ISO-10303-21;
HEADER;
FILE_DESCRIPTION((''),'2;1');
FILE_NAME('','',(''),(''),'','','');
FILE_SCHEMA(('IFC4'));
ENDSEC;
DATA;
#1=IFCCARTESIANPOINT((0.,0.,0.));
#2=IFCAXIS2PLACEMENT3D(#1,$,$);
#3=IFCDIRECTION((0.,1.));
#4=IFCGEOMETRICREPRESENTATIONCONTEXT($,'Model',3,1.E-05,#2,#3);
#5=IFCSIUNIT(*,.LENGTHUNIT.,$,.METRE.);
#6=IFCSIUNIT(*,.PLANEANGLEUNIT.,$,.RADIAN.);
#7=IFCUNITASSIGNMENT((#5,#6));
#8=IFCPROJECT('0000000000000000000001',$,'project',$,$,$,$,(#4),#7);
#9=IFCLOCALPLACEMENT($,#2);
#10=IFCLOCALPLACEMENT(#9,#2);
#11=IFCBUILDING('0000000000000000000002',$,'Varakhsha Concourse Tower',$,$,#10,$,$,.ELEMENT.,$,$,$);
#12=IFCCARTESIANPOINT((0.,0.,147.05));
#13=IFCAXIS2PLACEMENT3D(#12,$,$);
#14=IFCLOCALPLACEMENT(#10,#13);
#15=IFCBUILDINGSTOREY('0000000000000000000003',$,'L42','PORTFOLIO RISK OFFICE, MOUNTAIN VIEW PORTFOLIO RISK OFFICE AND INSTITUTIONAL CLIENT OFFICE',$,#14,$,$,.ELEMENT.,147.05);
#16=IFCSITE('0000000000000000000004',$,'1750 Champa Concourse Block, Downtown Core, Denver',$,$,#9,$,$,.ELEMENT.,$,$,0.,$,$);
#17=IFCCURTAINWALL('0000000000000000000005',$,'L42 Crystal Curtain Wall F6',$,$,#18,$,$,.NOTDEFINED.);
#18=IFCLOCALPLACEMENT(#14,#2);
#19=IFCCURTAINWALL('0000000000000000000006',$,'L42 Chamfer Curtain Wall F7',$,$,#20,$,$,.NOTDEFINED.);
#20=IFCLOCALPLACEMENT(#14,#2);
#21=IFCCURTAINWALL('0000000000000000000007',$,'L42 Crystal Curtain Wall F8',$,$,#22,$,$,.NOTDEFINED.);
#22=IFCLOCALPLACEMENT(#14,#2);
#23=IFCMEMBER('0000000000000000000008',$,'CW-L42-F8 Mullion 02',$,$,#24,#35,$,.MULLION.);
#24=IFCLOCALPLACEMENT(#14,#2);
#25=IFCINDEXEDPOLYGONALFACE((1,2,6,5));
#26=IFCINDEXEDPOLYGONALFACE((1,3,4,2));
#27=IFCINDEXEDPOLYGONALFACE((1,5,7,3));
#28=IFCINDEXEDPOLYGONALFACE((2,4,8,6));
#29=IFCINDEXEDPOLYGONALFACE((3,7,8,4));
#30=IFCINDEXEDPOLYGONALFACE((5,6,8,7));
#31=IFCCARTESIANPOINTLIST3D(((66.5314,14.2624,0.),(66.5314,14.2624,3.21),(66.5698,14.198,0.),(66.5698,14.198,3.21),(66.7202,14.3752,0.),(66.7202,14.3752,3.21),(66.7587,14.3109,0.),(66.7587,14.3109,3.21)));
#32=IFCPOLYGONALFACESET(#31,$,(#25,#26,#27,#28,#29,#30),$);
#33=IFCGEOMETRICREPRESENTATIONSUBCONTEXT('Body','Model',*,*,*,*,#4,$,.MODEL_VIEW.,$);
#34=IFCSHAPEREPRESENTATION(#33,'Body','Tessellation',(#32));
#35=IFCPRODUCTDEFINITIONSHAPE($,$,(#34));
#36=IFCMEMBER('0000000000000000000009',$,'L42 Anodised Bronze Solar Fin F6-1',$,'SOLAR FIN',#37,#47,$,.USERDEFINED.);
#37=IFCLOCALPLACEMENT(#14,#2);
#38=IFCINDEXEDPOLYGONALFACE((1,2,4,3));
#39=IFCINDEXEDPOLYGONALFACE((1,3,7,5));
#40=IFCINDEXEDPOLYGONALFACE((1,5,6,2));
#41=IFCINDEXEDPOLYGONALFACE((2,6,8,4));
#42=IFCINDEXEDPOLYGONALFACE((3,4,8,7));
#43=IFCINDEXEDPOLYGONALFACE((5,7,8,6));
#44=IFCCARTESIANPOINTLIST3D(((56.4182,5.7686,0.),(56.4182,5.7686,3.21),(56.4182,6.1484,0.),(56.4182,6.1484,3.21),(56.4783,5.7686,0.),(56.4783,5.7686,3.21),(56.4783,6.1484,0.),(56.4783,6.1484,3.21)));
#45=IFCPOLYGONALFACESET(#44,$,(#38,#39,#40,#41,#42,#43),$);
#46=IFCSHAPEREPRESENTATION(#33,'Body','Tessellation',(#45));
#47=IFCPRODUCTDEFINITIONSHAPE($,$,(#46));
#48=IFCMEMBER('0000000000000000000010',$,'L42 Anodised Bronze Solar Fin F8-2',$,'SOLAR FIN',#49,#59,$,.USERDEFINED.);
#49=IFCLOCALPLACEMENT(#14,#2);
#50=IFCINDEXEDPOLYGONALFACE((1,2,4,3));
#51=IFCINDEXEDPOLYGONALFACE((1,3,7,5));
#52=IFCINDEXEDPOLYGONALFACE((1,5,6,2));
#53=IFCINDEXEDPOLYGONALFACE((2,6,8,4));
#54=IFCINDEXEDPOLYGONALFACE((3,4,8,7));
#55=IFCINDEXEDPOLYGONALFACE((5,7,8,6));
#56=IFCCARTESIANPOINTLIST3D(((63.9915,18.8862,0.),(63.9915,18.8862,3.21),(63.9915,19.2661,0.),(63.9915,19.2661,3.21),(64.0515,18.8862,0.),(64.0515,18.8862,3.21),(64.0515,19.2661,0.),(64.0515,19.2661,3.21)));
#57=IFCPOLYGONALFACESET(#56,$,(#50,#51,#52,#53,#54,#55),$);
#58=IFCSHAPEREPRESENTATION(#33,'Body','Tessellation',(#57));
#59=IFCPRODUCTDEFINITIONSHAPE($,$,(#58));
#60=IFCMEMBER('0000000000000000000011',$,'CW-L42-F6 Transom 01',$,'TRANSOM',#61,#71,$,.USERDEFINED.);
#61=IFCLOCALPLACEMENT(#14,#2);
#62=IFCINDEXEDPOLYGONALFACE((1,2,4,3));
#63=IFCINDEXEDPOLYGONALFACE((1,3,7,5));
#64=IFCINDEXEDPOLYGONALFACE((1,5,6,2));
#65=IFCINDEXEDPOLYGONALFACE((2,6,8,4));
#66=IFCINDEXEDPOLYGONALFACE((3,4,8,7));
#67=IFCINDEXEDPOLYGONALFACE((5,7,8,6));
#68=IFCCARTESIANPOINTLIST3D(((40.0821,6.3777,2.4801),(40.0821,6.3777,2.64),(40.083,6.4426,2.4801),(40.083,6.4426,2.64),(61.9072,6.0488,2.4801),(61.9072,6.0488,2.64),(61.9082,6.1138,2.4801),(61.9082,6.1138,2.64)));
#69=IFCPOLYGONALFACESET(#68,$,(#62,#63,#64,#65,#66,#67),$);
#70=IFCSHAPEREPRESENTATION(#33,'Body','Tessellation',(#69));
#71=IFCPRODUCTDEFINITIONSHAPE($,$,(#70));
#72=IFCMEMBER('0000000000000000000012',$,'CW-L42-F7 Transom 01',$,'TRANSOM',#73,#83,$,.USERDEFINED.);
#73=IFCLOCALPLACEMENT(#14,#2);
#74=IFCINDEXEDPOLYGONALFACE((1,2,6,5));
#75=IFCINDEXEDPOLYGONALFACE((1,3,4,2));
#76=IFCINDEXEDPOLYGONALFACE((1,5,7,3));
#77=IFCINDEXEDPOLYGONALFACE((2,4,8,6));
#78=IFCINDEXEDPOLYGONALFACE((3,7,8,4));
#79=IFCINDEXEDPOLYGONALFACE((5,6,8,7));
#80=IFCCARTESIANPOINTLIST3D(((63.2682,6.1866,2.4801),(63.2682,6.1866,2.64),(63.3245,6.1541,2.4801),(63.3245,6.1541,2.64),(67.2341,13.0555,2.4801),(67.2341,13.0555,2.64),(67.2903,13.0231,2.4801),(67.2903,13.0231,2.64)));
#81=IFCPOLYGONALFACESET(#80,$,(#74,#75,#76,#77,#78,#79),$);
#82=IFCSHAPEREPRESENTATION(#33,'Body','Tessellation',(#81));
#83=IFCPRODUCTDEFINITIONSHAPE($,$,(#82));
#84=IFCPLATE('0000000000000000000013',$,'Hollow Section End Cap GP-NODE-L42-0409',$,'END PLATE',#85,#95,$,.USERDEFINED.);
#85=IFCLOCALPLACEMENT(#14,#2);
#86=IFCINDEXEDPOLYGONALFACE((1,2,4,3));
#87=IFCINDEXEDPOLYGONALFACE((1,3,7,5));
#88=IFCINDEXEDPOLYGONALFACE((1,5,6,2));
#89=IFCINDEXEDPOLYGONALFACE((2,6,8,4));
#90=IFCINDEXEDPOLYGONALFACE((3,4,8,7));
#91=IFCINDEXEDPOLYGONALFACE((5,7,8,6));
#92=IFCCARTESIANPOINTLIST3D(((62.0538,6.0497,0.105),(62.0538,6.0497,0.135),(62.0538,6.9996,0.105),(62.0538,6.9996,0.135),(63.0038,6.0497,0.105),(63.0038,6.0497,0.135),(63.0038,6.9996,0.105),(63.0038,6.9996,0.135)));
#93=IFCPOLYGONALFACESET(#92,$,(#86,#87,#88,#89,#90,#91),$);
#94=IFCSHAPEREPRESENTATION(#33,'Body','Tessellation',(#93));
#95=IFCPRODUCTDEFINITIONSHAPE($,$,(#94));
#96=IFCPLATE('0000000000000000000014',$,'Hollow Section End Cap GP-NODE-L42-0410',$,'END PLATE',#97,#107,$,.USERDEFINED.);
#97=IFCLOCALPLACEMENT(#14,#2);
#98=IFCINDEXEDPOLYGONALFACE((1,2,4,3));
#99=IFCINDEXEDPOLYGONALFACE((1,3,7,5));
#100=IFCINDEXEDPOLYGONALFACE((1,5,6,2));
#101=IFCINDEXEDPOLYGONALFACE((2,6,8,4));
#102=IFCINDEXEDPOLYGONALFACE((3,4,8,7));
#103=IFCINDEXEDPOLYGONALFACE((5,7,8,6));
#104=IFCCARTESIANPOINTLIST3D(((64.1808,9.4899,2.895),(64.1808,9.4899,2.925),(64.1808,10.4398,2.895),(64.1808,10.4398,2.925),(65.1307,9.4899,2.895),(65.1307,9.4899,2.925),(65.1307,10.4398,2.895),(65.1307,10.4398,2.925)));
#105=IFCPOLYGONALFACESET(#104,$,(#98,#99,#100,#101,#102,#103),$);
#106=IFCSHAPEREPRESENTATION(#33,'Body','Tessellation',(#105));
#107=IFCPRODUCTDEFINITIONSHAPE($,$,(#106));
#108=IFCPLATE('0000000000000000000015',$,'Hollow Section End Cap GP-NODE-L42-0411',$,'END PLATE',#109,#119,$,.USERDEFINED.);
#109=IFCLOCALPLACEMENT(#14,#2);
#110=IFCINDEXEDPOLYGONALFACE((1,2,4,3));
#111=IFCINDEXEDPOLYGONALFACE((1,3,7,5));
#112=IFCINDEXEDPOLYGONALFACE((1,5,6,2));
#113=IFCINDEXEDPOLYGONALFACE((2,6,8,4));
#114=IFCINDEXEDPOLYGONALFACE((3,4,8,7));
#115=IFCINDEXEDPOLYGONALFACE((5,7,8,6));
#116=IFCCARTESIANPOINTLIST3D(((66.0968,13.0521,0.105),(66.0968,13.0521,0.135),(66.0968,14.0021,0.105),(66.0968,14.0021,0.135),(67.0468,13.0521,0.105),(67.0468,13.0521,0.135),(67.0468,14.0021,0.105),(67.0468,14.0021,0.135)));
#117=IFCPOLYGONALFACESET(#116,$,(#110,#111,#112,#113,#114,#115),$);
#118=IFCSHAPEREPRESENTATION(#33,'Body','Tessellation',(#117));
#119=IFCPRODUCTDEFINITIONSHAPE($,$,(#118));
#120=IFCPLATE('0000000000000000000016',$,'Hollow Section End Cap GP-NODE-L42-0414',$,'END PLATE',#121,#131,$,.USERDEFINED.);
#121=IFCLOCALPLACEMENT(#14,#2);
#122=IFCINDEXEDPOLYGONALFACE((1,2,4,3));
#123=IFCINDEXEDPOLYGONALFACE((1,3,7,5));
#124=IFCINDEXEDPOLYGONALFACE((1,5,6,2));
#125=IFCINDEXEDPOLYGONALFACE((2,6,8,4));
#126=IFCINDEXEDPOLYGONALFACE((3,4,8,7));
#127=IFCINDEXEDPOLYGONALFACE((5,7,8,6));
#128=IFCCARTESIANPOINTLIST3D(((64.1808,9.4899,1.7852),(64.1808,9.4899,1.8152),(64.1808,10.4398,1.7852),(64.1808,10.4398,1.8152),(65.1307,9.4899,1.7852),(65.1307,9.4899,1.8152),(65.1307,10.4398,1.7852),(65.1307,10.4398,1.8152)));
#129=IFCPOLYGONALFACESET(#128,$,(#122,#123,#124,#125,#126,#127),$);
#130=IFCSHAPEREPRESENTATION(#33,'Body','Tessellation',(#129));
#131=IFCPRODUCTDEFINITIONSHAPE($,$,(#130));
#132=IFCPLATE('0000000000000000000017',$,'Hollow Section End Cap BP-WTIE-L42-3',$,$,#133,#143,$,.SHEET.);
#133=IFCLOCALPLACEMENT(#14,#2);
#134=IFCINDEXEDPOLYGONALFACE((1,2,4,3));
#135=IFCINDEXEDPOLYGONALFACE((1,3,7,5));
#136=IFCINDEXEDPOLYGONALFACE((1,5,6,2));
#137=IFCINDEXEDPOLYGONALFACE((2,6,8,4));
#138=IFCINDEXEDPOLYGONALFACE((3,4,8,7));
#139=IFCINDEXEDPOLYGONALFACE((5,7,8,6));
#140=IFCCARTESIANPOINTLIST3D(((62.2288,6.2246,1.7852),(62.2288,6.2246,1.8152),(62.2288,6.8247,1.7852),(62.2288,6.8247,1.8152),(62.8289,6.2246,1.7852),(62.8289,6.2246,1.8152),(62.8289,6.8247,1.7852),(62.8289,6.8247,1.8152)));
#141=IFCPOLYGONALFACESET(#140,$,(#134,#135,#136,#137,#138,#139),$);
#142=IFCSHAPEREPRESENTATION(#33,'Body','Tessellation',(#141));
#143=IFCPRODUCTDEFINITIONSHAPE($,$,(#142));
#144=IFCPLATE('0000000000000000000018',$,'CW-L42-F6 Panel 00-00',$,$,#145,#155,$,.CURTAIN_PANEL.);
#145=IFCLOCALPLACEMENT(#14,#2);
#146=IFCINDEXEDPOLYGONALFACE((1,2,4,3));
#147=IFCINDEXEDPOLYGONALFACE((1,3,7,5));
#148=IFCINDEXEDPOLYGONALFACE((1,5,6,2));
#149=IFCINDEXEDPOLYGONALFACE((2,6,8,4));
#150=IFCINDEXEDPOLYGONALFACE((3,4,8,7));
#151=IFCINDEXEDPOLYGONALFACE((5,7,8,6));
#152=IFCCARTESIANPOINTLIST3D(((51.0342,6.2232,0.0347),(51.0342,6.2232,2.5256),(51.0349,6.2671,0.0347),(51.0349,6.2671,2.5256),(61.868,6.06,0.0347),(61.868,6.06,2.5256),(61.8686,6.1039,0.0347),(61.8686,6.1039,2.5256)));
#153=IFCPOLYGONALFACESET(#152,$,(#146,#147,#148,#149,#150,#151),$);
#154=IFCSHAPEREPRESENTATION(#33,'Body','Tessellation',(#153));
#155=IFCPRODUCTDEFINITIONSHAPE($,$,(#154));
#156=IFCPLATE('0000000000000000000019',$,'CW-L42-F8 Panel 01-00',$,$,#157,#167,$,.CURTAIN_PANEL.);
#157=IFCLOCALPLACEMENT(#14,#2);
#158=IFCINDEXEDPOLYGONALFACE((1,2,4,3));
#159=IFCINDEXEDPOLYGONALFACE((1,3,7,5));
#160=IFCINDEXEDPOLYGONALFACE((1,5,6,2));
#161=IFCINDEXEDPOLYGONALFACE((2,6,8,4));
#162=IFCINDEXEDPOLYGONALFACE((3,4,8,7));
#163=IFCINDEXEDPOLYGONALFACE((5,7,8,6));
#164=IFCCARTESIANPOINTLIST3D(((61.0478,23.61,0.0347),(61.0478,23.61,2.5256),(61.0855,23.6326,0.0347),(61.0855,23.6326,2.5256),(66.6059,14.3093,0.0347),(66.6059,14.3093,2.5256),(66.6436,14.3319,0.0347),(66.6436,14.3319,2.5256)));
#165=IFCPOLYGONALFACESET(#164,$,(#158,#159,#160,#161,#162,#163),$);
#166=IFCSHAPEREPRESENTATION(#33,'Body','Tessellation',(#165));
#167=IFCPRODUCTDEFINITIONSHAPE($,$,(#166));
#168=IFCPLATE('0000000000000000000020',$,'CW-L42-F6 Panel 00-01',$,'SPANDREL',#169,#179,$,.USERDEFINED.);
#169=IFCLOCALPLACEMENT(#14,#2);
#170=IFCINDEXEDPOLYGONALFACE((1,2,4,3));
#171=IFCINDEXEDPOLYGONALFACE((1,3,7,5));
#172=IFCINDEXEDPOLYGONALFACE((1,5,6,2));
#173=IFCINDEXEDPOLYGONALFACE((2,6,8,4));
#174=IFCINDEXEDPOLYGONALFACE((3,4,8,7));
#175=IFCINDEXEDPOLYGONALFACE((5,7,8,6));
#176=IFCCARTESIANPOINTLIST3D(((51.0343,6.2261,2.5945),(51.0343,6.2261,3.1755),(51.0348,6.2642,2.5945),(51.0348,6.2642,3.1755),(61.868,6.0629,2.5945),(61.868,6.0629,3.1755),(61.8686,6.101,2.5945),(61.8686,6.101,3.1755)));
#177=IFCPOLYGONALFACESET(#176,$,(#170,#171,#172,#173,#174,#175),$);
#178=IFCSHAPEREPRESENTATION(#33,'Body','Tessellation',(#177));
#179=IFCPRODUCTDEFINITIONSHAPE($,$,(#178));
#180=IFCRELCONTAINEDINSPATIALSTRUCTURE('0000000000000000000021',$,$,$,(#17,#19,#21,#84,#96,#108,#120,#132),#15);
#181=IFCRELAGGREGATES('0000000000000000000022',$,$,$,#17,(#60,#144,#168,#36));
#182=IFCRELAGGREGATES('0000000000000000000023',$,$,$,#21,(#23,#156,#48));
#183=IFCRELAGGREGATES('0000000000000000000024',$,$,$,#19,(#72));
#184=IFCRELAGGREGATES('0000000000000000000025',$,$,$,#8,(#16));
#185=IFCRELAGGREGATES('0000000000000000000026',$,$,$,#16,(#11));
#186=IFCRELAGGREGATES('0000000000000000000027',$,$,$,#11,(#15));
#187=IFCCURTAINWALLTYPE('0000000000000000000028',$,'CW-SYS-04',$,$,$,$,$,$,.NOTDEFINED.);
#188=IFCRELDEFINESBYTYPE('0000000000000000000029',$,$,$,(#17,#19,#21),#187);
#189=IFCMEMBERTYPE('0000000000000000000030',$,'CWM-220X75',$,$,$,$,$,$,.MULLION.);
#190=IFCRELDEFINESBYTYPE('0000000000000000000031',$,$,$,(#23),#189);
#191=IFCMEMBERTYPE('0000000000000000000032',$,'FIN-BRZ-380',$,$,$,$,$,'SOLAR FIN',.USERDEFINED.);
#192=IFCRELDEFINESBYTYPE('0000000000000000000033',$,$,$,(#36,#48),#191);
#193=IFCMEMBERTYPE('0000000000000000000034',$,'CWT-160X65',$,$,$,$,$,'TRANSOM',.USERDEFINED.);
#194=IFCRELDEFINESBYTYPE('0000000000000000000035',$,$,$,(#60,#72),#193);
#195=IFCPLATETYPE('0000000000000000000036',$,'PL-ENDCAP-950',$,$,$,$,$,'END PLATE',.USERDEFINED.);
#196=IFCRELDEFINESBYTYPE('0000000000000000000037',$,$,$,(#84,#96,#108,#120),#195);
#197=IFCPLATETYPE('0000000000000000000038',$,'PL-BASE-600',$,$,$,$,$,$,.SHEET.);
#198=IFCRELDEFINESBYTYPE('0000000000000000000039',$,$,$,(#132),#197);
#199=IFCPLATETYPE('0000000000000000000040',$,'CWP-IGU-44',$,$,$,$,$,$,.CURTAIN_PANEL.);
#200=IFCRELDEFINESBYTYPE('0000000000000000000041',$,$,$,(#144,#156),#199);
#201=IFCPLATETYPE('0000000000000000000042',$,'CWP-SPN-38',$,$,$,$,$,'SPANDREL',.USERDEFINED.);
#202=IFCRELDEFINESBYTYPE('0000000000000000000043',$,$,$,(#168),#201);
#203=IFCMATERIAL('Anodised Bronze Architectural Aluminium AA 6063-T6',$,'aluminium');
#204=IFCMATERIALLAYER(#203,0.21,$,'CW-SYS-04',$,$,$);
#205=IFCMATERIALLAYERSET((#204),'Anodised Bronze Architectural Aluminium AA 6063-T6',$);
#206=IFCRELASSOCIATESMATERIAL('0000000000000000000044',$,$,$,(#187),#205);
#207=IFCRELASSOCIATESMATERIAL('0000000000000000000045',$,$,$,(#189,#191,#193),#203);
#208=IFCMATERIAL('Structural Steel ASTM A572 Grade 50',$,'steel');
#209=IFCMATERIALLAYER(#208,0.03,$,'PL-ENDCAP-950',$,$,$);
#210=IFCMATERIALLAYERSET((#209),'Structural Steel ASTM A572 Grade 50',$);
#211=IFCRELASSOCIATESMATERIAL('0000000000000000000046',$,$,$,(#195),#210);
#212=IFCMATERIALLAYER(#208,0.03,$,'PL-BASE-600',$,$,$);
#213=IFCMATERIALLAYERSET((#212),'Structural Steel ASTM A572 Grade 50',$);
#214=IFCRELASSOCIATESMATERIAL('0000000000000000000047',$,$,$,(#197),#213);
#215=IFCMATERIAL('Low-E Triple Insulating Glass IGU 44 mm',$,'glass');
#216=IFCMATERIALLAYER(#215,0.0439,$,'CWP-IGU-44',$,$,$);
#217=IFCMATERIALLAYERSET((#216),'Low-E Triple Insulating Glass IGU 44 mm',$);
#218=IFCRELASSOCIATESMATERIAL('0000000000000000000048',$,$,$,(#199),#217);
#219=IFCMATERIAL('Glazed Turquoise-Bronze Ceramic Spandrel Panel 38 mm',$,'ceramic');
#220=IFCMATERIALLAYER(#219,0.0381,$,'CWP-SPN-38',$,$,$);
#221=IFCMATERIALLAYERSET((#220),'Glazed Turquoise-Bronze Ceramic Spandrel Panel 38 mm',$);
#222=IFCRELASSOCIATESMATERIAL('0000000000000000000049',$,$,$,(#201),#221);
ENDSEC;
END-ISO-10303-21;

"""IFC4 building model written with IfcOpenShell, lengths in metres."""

from ifc_helpers import new_model, si_unit, direction, frame, origin, origin_2d, place, context, subcontext, project, spatial, rectangle, extrude, source, transform, mapped, material, layer, layer_set, material_profile, profile_set, type_object, type_shapes, element, aggregate, save


model = new_model("IFC4")

# Units and contexts
model_context = context("Model", 3, precision=1e-05, world=origin(), true_north=direction((0.0, 1.0)))
body_context = subcontext(model_context, "Body", "Model", "MODEL_VIEW")
ifc_project = project(units=[si_unit("LENGTHUNIT", "METRE"), si_unit("PLANEANGLEUNIT", "RADIAN")], contexts=[model_context])

# Site, building, storey
site_placement = place(None, origin())
site = spatial("IfcSite", under=ifc_project, at=site_placement, Name="1750 Champa Concourse Block, Downtown Core, Denver", CompositionType="ELEMENT", RefElevation=0.0)
building_placement = place(site_placement, origin())
building = spatial("IfcBuilding", under=site, at=building_placement, Name="Varakhsha Concourse Tower", CompositionType="ELEMENT")
storey_placement = place(building_placement, frame((0.0, 0.0, 147.05)))
storey = spatial("IfcBuildingStorey", under=building, at=storey_placement, Name="L42", Description="PORTFOLIO RISK OFFICE, MOUNTAIN VIEW PORTFOLIO RISK OFFICE AND INSTITUTIONAL CLIENT OFFICE", CompositionType="ELEMENT", Elevation=147.05)

# Shared definitions
ifc_material_1 = material(Name="Structural Steel ASTM A572 Grade 50", Category="steel")

# Curtain wall
ifc_material_2 = material(Name="Anodised Bronze Architectural Aluminium AA 6063-T6", Category="aluminium")
ifc_layer_1 = layer(ifc_material_2, 0.21, Name="CW-SYS-04")
ifc_layer_set_1 = layer_set([ifc_layer_1], Name="Anodised Bronze Architectural Aluminium AA 6063-T6")
curtain_wall_type = type_object("IfcCurtainWallType", Name="CW-SYS-04", PredefinedType="NOTDEFINED", material=ifc_layer_set_1)
curtain_wall_1_placement = place(storey_placement, origin())
curtain_wall_1 = element("IfcCurtainWall", 1, at=curtain_wall_1_placement, inside=storey, type_object=curtain_wall_type, Name="L42 Crystal Curtain Wall F6", PredefinedType="NOTDEFINED")
ifc_material_profile_1 = material_profile(ifc_material_2, rectangle(XDim=0.075, YDim=0.22, at=origin_2d()), Name="CWM-220X75")
ifc_profile_set_1 = profile_set([ifc_material_profile_1], Name="Anodised Bronze Architectural Aluminium AA 6063-T6")
member_type_1 = type_object("IfcMemberType", Name="CWM-220X75", PredefinedType="MULLION", material=ifc_profile_set_1)
shared_shape_1 = source(origin(), body_context, "Body", "SweptSolid", [
    extrude(rectangle(XDim=0.075, YDim=0.22, at=origin_2d()), origin(), (0.0, 0.0, 1.0), 3.21),
])
type_shapes(member_type_1, [shared_shape_1])

# Curtain wall
curtain_wall_2_placement = place(storey_placement, origin())
curtain_wall_2 = element("IfcCurtainWall", 2, at=curtain_wall_2_placement, inside=storey, type_object=curtain_wall_type, Name="L42 Chamfer Curtain Wall F7", PredefinedType="NOTDEFINED")

# Curtain wall, member
curtain_wall_3_placement = place(storey_placement, origin())
curtain_wall_3 = element("IfcCurtainWall", 3, at=curtain_wall_3_placement, inside=storey, type_object=curtain_wall_type, Name="L42 Crystal Curtain Wall F8", PredefinedType="NOTDEFINED")
member_1_placement = place(storey_placement, frame((66.645, 14.2866, 0.0), z_axis=(0.0, 0.0, 1.0), x_axis=(0.512984, -0.858398, 0.0)))
member_1 = element("IfcMember", 4, at=member_1_placement, type_object=member_type_1, Name="CW-L42-F8 Mullion 02", PredefinedType="MULLION", context=body_context, shape_type="MappedRepresentation", body=[
    mapped(shared_shape_1, transform((0.0, 0.0, 0.0), scale=1.0)),
])

# Members
ifc_material_profile_2 = material_profile(ifc_material_2, rectangle(XDim=0.0601, YDim=0.3799, at=origin_2d()), Name="FIN-BRZ-380")
ifc_profile_set_2 = profile_set([ifc_material_profile_2], Name="Anodised Bronze Architectural Aluminium AA 6063-T6")
member_type_2 = type_object("IfcMemberType", Name="FIN-BRZ-380", ElementType="SOLAR FIN", PredefinedType="USERDEFINED", material=ifc_profile_set_2)
shared_shape_2 = source(origin(), body_context, "Body", "SweptSolid", [
    extrude(rectangle(XDim=0.0601, YDim=0.3799, at=origin_2d()), origin(), (0.0, 0.0, 1.0), 3.21),
])
type_shapes(member_type_2, [shared_shape_2])
member_2_placement = place(storey_placement, frame((56.4482, 5.9585, 0.0), z_axis=(0.0, 0.0, 1.0), x_axis=(1.0, 0.0, 0.0)))
member_2 = element("IfcMember", 5, at=member_2_placement, type_object=member_type_2, Name="L42 Anodised Bronze Solar Fin F6-1", ObjectType="SOLAR FIN", PredefinedType="USERDEFINED", context=body_context, shape_type="MappedRepresentation", body=[
    mapped(shared_shape_2, transform((0.0, 0.0, 0.0), scale=1.0)),
])
member_3_placement = place(storey_placement, frame((64.0215, 19.0762, 0.0), z_axis=(0.0, 0.0, 1.0), x_axis=(1.0, 0.0, 0.0)))
member_3 = element("IfcMember", 6, at=member_3_placement, type_object=member_type_2, Name="L42 Anodised Bronze Solar Fin F8-2", ObjectType="SOLAR FIN", PredefinedType="USERDEFINED", context=body_context, shape_type="MappedRepresentation", body=[
    mapped(shared_shape_2, transform((0.0, 0.0, 0.0), scale=1.0)),
])
ifc_material_profile_3 = material_profile(ifc_material_2, rectangle(XDim=0.0649, YDim=0.1599, at=origin_2d()), Name="CWT-160X65")
ifc_profile_set_3 = profile_set([ifc_material_profile_3], Name="Anodised Bronze Architectural Aluminium AA 6063-T6")
member_type_3 = type_object("IfcMemberType", Name="CWT-160X65", ElementType="TRANSOM", PredefinedType="USERDEFINED", material=ifc_profile_set_3)
shared_shape_3 = source(origin(), body_context, "Body", "SweptSolid", [
    extrude(rectangle(XDim=0.0649, YDim=0.1599, at=origin_2d()), origin(), (0.0, 0.0, 1.0), 21.8276),
])
member_4_placement = place(storey_placement, frame((61.9077, 6.0813, 2.5601), z_axis=(-0.999887, 0.015066, 0.0), x_axis=(-0.015066, -0.999887, 0.0)))
member_4 = element("IfcMember", 7, at=member_4_placement, type_object=member_type_3, Name="CW-L42-F6 Transom 01", ObjectType="TRANSOM", PredefinedType="USERDEFINED", context=body_context, shape_type="MappedRepresentation", body=[
    mapped(shared_shape_3, transform((0.0, 0.0, 0.0), scale=1.0)),
])
shared_shape_4 = source(origin(), body_context, "Body", "SweptSolid", [
    extrude(rectangle(XDim=0.0649, YDim=0.1599, at=origin_2d()), origin(), (0.0, 0.0, 1.0), 7.9316),
])
type_shapes(member_type_3, [shared_shape_3, shared_shape_4])
member_5_placement = place(storey_placement, frame((67.2622, 13.0393, 2.5601), z_axis=(-0.500006, -0.866022, 0.0), x_axis=(0.866022, -0.500006, 0.0)))
member_5 = element("IfcMember", 8, at=member_5_placement, type_object=member_type_3, Name="CW-L42-F7 Transom 01", ObjectType="TRANSOM", PredefinedType="USERDEFINED", context=body_context, shape_type="MappedRepresentation", body=[
    mapped(shared_shape_4, transform((0.0, 0.0, 0.0), scale=1.0)),
])

# Plates
ifc_layer_2 = layer(ifc_material_1, 0.03, Name="PL-ENDCAP-950")
ifc_layer_set_2 = layer_set([ifc_layer_2], Name="Structural Steel ASTM A572 Grade 50")
plate_type_1 = type_object("IfcPlateType", Name="PL-ENDCAP-950", ElementType="END PLATE", PredefinedType="USERDEFINED", material=ifc_layer_set_2)
shared_shape_5 = source(origin(), body_context, "Body", "SweptSolid", [
    extrude(rectangle(XDim=0.95, YDim=0.95, at=origin_2d()), origin(), (0.0, 0.0, 1.0), 0.03),
])
type_shapes(plate_type_1, [shared_shape_5])
for number, where, z_axis, x_axis, name in (
    (9, (62.5288, 6.5247, 0.105), (0.0, 0.0, 1.0), (1.0, 0.0, 0.0), "Hollow Section End Cap GP-NODE-L42-0409"),
    (10, (64.6558, 9.9648, 2.895), (0.0, 0.0, 1.0), (1.0, 0.0, 0.0), "Hollow Section End Cap GP-NODE-L42-0410"),
    (11, (66.5718, 13.5271, 0.105), (0.0, 0.0, 1.0), (1.0, 0.0, 0.0), "Hollow Section End Cap GP-NODE-L42-0411"),
    (12, (64.6558, 9.9648, 1.7852), (0.0, 0.0, 1.0), (1.0, 0.0, 0.0), "Hollow Section End Cap GP-NODE-L42-0414"),
):
    element("IfcPlate", number, at=place(storey_placement, frame(where, z_axis=z_axis, x_axis=x_axis)), inside=storey, type_object=plate_type_1, Name=name, ObjectType="END PLATE", PredefinedType="USERDEFINED", context=body_context, shape_type="MappedRepresentation", body=[
        mapped(shared_shape_5, transform((0.0, 0.0, 0.0), scale=1.0)),
    ])
ifc_layer_3 = layer(ifc_material_1, 0.03, Name="PL-BASE-600")
ifc_layer_set_3 = layer_set([ifc_layer_3], Name="Structural Steel ASTM A572 Grade 50")
plate_type_2 = type_object("IfcPlateType", Name="PL-BASE-600", PredefinedType="SHEET", material=ifc_layer_set_3)
shared_shape_6 = source(origin(), body_context, "Body", "SweptSolid", [
    extrude(rectangle(XDim=0.6001, YDim=0.6001, at=origin_2d()), origin(), (0.0, 0.0, 1.0), 0.03),
])
type_shapes(plate_type_2, [shared_shape_6])
plate_1_placement = place(storey_placement, frame((62.5288, 6.5247, 1.7852), z_axis=(0.0, 0.0, 1.0), x_axis=(1.0, 0.0, 0.0)))
element("IfcPlate", 13, at=plate_1_placement, inside=storey, type_object=plate_type_2, Name="Hollow Section End Cap BP-WTIE-L42-3", PredefinedType="SHEET", context=body_context, shape_type="MappedRepresentation", body=[
    mapped(shared_shape_6, transform((0.0, 0.0, 0.0), scale=1.0)),
])

# Plates
ifc_material_3 = material(Name="Low-E Triple Insulating Glass IGU 44 mm", Category="glass")
ifc_layer_4 = layer(ifc_material_3, 0.0439, Name="CWP-IGU-44")
ifc_layer_set_4 = layer_set([ifc_layer_4], Name="Low-E Triple Insulating Glass IGU 44 mm")
plate_type_3 = type_object("IfcPlateType", Name="CWP-IGU-44", PredefinedType="CURTAIN_PANEL", material=ifc_layer_set_4)
shared_shape_7 = source(origin(), body_context, "Body", "SweptSolid", [
    extrude(rectangle(XDim=10.835, YDim=0.0439, at=origin_2d()), origin(), (0.0, 0.0, 1.0), 2.491),
])
type_shapes(plate_type_3, [shared_shape_7])
plate_2_placement = place(storey_placement, frame((56.4514, 6.1636, 0.0347), z_axis=(0.0, 0.0, 1.0), x_axis=(-0.999887, 0.015063, 0.0)))
plate_2 = element("IfcPlate", 14, at=plate_2_placement, type_object=plate_type_3, Name="CW-L42-F6 Panel 00-00", PredefinedType="CURTAIN_PANEL", context=body_context, shape_type="MappedRepresentation", body=[
    mapped(shared_shape_7, transform((0.0, 0.0, 0.0), scale=1.0)),
])
plate_3_placement = place(storey_placement, frame((63.8457, 18.9709, 0.0347), z_axis=(0.0, 0.0, 1.0), x_axis=(0.512984, -0.858398, 0.0)))
plate_3 = element("IfcPlate", 15, at=plate_3_placement, type_object=plate_type_3, Name="CW-L42-F8 Panel 01-00", PredefinedType="CURTAIN_PANEL", context=body_context, shape_type="MappedRepresentation", body=[
    mapped(shared_shape_7, transform((0.0, 0.0, 0.0), scale=1.0)),
])
ifc_material_4 = material(Name="Glazed Turquoise-Bronze Ceramic Spandrel Panel 38 mm", Category="ceramic")
ifc_layer_5 = layer(ifc_material_4, 0.0381, Name="CWP-SPN-38")
ifc_layer_set_5 = layer_set([ifc_layer_5], Name="Glazed Turquoise-Bronze Ceramic Spandrel Panel 38 mm")
plate_type_4 = type_object("IfcPlateType", Name="CWP-SPN-38", ElementType="SPANDREL", PredefinedType="USERDEFINED", material=ifc_layer_set_5)
shared_shape_8 = source(origin(), body_context, "Body", "SweptSolid", [
    extrude(rectangle(XDim=10.835, YDim=0.0381, at=origin_2d()), origin(), (0.0, 0.0, 1.0), 0.5811),
])
plate_4_placement = place(storey_placement, frame((56.4514, 6.1636, 2.5945), z_axis=(0.0, 0.0, 1.0), x_axis=(-0.999887, 0.015063, 0.0)))
plate_4 = element("IfcPlate", 16, at=plate_4_placement, type_object=plate_type_4, Name="CW-L42-F6 Panel 00-01", ObjectType="SPANDREL", PredefinedType="USERDEFINED", context=body_context, shape_type="MappedRepresentation", body=[
    mapped(shared_shape_8, transform((0.0, 0.0, 0.0), scale=1.0)),
])
aggregate(curtain_wall_1, [member_4, plate_2, plate_4, member_2])
aggregate(curtain_wall_3, [member_1, plate_3, member_3])
aggregate(curtain_wall_2, [member_5])

save(model, "model.ifc")
